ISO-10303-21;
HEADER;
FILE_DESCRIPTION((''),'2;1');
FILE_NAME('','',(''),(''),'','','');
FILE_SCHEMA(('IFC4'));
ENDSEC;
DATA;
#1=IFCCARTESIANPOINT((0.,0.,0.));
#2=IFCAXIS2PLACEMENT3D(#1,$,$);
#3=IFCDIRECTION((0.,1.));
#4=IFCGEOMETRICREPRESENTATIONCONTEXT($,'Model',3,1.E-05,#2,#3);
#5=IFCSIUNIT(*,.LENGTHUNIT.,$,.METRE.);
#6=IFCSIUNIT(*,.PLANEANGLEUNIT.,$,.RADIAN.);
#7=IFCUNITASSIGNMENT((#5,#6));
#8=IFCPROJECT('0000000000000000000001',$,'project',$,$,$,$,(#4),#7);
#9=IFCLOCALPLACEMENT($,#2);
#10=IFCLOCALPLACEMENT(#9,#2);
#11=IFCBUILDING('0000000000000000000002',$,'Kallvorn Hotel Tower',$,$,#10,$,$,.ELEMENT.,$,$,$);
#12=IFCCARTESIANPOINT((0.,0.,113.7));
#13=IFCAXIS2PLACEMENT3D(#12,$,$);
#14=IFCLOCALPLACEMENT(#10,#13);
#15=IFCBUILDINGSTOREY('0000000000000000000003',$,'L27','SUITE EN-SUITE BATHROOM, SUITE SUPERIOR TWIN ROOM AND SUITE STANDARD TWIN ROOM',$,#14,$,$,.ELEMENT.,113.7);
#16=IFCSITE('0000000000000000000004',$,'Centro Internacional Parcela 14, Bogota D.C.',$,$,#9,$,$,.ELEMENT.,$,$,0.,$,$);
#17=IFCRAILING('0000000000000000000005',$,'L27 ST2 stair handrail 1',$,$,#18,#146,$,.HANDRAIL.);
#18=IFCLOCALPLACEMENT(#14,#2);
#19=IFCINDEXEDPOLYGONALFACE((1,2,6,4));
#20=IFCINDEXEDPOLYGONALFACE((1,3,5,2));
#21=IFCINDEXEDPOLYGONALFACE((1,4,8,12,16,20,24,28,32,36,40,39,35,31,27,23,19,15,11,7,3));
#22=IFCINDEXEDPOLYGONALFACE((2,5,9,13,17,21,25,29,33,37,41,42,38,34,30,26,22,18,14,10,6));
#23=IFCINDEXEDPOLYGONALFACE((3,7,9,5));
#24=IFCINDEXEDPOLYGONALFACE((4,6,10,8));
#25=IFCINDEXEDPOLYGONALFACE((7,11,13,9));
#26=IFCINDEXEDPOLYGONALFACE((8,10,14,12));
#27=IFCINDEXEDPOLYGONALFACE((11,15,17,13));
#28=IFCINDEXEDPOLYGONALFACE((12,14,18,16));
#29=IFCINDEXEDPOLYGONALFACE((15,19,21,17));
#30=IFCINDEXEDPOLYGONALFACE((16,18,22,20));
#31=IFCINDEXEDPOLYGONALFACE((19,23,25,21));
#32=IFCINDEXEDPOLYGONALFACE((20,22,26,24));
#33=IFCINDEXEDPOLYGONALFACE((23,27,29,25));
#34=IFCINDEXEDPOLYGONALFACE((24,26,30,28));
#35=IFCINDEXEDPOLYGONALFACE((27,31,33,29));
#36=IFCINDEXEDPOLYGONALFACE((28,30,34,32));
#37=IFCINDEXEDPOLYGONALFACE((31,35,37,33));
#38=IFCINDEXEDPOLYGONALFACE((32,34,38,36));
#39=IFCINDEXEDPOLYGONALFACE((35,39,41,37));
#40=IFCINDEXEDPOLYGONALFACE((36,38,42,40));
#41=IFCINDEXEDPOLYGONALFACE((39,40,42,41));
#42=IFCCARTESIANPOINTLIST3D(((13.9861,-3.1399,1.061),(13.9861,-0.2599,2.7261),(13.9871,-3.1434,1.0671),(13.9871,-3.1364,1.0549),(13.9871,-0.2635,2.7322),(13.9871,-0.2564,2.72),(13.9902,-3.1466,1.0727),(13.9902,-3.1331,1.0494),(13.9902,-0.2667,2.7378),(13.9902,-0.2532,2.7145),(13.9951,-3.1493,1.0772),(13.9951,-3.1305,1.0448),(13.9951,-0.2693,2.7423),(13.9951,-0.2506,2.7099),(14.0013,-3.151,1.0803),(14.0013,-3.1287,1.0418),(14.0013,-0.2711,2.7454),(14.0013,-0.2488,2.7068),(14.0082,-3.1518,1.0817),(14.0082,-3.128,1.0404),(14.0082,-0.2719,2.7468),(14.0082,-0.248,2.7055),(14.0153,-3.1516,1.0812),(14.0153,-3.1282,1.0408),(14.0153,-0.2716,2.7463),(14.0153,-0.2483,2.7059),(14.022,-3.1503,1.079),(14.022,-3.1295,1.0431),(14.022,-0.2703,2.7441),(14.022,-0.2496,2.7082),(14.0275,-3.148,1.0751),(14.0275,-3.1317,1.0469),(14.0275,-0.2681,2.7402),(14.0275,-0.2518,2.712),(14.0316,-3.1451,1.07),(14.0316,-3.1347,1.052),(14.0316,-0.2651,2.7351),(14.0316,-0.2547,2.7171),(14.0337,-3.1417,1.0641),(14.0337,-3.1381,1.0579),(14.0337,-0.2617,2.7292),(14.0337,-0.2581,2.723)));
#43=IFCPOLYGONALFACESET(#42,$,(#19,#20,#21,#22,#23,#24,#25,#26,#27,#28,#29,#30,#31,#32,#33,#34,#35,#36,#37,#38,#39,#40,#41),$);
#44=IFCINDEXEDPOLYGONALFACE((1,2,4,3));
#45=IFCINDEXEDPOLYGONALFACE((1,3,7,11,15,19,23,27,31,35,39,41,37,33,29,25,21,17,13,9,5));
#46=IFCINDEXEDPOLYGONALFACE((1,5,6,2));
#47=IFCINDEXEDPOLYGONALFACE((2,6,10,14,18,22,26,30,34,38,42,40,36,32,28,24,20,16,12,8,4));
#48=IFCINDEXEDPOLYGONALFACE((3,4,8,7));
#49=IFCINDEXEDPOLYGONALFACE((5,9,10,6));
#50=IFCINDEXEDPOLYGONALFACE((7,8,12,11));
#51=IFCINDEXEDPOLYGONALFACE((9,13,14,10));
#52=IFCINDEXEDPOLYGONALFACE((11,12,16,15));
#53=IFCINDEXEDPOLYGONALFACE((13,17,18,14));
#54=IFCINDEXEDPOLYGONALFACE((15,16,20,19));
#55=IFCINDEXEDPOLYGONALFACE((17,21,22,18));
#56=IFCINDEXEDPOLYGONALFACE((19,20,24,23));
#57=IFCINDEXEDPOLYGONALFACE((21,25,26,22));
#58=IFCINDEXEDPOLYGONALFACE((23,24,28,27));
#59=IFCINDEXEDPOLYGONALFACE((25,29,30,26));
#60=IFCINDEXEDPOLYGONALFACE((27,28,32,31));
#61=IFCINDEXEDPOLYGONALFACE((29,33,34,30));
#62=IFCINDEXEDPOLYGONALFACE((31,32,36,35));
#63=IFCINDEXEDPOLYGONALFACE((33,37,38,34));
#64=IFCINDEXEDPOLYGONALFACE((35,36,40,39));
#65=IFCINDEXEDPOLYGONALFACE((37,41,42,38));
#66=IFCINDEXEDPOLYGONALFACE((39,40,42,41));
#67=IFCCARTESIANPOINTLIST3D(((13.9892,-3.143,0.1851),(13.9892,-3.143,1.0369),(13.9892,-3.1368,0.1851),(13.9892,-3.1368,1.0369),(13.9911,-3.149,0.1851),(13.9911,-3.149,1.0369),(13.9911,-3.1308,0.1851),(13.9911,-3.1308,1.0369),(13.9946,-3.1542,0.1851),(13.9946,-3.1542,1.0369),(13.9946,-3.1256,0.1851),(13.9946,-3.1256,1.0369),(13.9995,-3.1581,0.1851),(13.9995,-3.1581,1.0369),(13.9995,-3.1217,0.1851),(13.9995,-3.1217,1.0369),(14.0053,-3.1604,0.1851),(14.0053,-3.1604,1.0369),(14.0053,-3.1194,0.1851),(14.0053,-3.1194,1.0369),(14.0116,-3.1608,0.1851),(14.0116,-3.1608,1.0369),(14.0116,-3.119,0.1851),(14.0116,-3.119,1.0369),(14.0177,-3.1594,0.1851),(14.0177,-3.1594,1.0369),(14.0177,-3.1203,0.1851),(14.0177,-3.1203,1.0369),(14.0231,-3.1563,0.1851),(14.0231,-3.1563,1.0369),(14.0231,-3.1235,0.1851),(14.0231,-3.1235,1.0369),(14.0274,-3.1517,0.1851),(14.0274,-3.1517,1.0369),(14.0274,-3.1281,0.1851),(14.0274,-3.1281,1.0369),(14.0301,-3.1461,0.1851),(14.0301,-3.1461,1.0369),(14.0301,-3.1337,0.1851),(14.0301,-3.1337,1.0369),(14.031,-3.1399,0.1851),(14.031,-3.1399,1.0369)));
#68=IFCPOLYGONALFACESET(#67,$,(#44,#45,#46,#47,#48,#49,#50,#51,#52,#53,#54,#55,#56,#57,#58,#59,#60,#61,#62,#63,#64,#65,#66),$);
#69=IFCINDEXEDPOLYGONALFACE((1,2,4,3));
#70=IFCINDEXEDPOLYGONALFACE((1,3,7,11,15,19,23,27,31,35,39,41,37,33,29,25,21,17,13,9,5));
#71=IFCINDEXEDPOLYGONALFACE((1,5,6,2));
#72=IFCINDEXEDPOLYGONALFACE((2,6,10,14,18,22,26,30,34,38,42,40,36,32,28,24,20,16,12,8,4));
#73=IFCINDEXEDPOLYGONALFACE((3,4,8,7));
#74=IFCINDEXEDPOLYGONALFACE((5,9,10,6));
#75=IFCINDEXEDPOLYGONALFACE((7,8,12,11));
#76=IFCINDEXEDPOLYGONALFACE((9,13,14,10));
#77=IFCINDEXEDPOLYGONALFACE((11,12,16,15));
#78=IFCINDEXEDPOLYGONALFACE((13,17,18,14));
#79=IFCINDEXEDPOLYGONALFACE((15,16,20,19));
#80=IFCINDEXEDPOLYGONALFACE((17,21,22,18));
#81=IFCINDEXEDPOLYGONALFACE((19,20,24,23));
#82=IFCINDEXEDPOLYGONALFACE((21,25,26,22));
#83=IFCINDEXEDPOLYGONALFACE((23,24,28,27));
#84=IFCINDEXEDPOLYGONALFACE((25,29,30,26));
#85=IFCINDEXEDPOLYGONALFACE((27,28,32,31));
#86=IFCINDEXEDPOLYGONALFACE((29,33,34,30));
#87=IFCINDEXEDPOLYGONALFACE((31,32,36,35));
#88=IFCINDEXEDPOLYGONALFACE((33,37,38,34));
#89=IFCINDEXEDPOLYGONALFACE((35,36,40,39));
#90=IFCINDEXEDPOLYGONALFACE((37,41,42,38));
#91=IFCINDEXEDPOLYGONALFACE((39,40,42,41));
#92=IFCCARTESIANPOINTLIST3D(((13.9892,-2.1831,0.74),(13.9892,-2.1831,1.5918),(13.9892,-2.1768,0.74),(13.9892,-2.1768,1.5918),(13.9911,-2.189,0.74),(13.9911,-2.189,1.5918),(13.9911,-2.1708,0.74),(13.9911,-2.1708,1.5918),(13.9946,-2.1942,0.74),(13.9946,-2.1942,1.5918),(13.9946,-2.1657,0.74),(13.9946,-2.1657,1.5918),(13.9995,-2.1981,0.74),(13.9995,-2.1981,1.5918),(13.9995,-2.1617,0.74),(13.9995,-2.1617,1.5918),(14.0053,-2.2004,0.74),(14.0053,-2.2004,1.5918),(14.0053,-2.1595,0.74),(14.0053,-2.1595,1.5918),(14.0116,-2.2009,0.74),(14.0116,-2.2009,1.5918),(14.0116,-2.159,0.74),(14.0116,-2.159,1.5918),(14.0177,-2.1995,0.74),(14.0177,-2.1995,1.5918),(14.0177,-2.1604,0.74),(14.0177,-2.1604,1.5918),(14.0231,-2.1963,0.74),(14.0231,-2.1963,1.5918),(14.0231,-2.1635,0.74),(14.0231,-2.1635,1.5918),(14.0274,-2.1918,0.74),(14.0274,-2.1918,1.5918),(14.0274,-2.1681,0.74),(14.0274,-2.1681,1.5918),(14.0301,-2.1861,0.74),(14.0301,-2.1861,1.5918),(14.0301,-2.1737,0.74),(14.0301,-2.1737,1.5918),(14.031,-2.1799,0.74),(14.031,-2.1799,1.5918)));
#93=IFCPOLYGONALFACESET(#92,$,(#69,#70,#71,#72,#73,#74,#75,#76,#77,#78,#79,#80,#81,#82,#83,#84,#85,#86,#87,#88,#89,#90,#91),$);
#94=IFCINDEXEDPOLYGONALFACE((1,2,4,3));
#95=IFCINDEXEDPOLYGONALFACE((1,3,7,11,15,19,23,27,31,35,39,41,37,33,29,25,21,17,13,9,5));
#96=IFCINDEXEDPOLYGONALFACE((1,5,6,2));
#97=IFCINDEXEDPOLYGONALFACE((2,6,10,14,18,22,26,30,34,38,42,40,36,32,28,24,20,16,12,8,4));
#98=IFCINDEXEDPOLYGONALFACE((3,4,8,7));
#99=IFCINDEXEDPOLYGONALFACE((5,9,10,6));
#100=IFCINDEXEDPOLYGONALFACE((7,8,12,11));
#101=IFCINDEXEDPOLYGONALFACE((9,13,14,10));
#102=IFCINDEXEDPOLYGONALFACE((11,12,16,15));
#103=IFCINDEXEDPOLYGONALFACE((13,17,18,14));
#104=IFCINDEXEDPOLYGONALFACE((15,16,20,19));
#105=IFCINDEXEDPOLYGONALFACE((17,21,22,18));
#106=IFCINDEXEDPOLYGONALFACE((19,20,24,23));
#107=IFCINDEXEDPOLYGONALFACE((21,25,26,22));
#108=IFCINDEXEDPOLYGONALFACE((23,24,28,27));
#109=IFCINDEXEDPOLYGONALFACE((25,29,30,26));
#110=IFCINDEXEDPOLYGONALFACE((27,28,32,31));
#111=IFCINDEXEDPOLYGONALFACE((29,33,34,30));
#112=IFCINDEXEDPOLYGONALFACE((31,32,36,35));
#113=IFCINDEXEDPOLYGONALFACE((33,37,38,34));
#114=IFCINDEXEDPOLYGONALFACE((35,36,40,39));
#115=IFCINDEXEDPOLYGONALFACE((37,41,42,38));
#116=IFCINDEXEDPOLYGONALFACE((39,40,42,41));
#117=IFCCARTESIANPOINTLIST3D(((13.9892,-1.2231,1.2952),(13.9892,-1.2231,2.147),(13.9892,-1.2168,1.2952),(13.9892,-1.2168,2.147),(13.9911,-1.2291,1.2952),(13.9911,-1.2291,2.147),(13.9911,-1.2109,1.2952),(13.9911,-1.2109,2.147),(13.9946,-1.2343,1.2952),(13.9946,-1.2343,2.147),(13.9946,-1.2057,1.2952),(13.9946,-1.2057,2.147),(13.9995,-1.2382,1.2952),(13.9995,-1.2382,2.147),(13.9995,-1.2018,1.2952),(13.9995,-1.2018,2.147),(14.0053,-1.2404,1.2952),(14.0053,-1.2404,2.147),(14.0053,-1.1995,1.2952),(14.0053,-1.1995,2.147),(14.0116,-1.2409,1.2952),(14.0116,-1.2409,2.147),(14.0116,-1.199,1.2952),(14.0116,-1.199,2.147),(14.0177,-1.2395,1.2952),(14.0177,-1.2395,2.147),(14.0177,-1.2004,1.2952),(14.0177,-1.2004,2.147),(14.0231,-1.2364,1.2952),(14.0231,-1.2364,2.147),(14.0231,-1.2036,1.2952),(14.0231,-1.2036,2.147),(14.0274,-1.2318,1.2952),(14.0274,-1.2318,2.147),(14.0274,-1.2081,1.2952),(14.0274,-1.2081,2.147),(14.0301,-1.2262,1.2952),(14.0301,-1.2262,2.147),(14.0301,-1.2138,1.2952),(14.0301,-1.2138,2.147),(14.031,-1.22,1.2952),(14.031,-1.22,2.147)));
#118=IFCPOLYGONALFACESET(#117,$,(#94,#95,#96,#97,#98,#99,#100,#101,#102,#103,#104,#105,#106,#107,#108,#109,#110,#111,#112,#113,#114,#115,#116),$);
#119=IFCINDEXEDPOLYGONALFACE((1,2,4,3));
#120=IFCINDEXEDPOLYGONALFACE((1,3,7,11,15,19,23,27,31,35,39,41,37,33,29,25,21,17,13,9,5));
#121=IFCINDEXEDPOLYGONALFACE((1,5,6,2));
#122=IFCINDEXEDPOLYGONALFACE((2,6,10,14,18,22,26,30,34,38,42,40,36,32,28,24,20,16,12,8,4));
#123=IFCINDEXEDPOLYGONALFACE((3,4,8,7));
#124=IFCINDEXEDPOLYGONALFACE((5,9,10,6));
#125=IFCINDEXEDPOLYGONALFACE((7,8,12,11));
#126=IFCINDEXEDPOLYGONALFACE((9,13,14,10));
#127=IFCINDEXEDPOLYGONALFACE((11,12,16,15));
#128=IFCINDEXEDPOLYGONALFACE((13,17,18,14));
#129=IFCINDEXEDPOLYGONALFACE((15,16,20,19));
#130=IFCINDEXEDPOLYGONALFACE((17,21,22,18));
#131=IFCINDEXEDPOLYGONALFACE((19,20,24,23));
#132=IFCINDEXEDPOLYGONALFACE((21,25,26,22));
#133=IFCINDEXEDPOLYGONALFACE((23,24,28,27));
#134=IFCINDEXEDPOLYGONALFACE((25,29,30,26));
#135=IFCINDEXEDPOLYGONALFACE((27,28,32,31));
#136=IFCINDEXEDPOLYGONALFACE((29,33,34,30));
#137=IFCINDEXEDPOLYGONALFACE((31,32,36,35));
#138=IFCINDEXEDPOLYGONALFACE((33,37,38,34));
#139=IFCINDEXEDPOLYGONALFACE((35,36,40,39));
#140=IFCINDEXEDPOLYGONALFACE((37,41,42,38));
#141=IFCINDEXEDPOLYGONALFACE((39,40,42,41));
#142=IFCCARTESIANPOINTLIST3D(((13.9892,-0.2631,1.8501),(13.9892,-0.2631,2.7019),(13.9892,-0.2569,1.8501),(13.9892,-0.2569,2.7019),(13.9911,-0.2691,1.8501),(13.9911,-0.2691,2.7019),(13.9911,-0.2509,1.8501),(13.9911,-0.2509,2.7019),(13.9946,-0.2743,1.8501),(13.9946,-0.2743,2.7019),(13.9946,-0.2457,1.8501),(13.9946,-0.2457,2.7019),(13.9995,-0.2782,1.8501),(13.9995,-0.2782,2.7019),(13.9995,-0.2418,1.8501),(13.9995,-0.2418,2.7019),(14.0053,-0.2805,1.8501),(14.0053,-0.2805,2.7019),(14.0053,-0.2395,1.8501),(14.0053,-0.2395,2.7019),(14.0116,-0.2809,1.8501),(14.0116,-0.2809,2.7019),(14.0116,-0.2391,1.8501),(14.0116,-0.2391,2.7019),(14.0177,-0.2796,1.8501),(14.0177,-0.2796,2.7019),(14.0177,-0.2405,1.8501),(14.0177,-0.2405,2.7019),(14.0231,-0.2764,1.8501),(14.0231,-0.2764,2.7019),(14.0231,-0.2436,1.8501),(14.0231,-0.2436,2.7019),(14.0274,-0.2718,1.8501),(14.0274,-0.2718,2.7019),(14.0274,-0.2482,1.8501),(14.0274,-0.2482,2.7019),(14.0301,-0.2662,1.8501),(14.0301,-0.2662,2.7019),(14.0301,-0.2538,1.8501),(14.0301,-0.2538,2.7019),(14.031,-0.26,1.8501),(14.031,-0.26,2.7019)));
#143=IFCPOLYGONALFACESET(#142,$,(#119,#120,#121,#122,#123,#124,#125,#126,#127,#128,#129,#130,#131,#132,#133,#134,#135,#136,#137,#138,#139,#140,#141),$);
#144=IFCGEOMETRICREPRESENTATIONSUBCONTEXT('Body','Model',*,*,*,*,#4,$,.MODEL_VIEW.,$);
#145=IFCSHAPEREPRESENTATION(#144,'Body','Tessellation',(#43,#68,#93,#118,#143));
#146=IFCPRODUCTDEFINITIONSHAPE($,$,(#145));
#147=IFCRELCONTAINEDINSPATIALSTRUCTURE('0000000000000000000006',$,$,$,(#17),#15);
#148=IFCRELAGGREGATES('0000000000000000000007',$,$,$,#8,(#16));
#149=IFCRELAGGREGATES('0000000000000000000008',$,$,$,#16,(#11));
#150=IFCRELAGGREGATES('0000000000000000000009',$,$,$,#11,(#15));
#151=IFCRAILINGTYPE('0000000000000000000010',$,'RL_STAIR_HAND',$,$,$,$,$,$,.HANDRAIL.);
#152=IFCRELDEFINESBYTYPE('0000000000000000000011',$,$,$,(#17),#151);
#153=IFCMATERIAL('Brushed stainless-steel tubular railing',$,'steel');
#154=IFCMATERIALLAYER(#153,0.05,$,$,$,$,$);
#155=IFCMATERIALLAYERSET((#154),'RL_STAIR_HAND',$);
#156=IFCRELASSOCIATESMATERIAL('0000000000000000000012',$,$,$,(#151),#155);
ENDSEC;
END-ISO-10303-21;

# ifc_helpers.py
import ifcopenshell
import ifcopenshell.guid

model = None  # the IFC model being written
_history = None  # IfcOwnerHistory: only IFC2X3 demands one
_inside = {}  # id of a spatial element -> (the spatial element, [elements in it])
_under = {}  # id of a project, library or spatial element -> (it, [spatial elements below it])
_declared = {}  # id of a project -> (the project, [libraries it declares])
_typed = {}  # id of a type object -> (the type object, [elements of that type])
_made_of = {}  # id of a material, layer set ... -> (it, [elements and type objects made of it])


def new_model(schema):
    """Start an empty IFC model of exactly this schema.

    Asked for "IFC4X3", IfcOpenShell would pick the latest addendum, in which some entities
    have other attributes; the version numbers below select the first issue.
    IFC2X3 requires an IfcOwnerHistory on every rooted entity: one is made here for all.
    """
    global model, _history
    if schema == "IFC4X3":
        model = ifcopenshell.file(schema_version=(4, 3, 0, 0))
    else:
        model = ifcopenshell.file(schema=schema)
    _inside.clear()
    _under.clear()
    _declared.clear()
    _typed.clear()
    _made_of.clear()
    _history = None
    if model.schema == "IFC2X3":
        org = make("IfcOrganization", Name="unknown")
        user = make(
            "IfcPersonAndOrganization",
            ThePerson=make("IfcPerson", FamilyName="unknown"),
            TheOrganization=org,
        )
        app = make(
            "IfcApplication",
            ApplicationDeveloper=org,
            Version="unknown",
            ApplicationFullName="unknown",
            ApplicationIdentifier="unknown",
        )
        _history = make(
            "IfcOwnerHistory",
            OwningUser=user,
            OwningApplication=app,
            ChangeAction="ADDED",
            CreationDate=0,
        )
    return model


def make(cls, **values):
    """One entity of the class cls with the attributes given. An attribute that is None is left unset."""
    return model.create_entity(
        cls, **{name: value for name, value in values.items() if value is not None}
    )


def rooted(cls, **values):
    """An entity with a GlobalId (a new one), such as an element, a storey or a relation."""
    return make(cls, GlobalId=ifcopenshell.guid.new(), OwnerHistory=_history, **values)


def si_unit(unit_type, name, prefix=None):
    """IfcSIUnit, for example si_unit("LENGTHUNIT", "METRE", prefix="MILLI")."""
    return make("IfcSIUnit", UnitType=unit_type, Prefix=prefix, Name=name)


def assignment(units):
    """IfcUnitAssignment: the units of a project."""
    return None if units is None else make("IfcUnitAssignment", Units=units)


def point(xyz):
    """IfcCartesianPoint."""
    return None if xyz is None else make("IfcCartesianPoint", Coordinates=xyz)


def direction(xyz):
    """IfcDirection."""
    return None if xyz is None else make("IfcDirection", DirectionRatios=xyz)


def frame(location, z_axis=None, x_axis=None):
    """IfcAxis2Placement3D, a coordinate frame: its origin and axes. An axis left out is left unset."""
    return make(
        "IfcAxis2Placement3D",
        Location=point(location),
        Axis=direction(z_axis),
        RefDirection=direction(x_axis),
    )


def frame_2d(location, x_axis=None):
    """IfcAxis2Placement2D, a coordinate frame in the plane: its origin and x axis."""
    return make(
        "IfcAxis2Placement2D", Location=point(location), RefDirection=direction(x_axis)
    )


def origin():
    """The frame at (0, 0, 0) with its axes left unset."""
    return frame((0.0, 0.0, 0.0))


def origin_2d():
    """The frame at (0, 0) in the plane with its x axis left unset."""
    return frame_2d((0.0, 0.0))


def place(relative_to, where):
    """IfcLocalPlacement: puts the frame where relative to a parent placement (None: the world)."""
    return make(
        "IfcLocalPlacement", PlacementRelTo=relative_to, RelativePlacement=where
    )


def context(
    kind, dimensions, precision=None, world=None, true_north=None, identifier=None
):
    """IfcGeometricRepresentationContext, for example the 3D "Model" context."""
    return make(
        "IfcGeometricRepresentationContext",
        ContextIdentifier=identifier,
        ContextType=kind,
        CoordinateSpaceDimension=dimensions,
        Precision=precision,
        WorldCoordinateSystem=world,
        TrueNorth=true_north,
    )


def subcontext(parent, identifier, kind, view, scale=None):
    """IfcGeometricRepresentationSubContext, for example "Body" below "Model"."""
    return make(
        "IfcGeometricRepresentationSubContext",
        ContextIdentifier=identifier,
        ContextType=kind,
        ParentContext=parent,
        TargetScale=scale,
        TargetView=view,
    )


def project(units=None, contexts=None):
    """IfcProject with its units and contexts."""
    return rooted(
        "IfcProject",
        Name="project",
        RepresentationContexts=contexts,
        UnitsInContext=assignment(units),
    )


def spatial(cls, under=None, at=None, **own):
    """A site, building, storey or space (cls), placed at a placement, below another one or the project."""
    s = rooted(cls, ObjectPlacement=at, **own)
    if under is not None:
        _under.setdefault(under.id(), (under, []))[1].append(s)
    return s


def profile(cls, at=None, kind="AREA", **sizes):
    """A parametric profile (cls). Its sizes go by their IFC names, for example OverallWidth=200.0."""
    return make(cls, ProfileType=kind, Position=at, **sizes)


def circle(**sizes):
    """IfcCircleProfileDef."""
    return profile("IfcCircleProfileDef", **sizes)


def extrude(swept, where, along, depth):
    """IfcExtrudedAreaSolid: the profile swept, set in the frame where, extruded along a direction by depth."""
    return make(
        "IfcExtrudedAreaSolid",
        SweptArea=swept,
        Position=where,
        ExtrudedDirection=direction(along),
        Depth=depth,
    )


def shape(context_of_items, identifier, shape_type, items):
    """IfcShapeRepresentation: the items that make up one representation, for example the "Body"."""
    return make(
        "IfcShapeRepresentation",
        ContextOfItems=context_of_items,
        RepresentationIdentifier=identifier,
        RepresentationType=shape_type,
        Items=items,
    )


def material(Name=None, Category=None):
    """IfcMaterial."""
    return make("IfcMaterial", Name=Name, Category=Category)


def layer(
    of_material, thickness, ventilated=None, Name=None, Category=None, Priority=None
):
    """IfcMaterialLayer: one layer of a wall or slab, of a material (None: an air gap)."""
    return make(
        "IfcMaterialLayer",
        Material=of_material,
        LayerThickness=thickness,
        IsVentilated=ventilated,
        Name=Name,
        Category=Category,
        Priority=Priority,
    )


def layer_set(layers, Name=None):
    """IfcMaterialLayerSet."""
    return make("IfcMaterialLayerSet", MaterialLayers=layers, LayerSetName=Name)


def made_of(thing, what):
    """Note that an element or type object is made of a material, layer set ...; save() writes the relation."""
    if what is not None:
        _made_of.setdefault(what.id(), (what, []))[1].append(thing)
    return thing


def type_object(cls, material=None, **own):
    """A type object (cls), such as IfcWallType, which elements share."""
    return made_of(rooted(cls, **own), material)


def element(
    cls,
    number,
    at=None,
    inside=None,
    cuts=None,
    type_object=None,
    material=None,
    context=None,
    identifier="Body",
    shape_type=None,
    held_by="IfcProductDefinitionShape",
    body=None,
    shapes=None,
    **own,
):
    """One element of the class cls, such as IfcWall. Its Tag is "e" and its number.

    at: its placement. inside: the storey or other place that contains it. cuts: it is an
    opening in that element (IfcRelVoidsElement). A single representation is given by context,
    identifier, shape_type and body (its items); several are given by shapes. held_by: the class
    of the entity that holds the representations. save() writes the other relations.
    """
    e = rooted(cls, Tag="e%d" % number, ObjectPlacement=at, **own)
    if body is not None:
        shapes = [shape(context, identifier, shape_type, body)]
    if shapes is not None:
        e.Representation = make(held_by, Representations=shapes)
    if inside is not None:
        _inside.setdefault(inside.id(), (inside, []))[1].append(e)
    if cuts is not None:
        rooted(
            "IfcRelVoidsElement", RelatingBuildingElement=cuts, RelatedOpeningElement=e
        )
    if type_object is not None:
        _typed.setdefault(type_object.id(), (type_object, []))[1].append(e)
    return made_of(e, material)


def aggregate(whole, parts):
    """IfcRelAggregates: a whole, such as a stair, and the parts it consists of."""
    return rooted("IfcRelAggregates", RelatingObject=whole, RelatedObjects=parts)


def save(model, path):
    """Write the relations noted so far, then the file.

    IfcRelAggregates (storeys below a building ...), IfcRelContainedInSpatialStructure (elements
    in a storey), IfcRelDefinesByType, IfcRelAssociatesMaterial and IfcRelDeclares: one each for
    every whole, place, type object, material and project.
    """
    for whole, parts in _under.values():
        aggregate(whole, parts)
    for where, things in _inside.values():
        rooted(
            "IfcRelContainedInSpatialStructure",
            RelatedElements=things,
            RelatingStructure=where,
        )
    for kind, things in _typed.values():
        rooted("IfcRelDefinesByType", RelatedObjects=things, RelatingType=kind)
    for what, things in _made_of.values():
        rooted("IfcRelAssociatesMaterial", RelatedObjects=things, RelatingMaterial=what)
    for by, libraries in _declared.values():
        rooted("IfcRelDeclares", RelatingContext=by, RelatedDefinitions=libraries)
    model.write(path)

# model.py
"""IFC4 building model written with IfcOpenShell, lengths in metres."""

from ifc_helpers import new_model, si_unit, direction, frame, origin, origin_2d, place, context, subcontext, project, spatial, circle, extrude, material, layer, layer_set, type_object, element, save


model = new_model("IFC4")

# Units and contexts
model_context = context("Model", 3, precision=1e-05, world=origin(), true_north=direction((0.0, 1.0)))
body_context = subcontext(model_context, "Body", "Model", "MODEL_VIEW")
ifc_project = project(units=[si_unit("LENGTHUNIT", "METRE"), si_unit("PLANEANGLEUNIT", "RADIAN")], contexts=[model_context])

# Site, building, storey
site_placement = place(None, origin())
site = spatial("IfcSite", under=ifc_project, at=site_placement, Name="Centro Internacional Parcela 14, Bogota D.C.", CompositionType="ELEMENT", RefElevation=0.0)
building_placement = place(site_placement, origin())
building = spatial("IfcBuilding", under=site, at=building_placement, Name="Kallvorn Hotel Tower", CompositionType="ELEMENT")
storey_placement = place(building_placement, frame((0.0, 0.0, 113.7)))
storey = spatial("IfcBuildingStorey", under=building, at=storey_placement, Name="L27", Description="SUITE EN-SUITE BATHROOM, SUITE SUPERIOR TWIN ROOM AND SUITE STANDARD TWIN ROOM", CompositionType="ELEMENT", Elevation=113.7)

# Railing
ifc_material_1 = material(Name="Brushed stainless-steel tubular railing", Category="steel")
ifc_layer_1 = layer(ifc_material_1, 0.05)
ifc_layer_set_1 = layer_set([ifc_layer_1], Name="RL_STAIR_HAND")
railing_type_1 = type_object("IfcRailingType", Name="RL_STAIR_HAND", PredefinedType="HANDRAIL", material=ifc_layer_set_1)
railing_1_placement = place(storey_placement, frame((14.01, -3.1399, 0.1851)))
element("IfcRailing", 1, at=railing_1_placement, inside=storey, type_object=railing_type_1, Name="L27 ST2 stair handrail 1", PredefinedType="HANDRAIL", context=body_context, shape_type="SweptSolid", body=[
    extrude(circle(Radius=0.0239, at=origin_2d()), frame((0.0, 0.0, 0.876), z_axis=(0.0, 0.865721, 0.500527), x_axis=(-1.0, 0.0, 0.0)), (0.0, 0.0, 1.0), 3.3267),
    extrude(circle(Radius=0.021, at=origin_2d()), origin(), (0.0, 0.0, 1.0), 0.8518),
    extrude(circle(Radius=0.021, at=origin_2d()), frame((0.0, 0.96, 0.5549)), (0.0, 0.0, 1.0), 0.8518),
    extrude(circle(Radius=0.021, at=origin_2d()), frame((0.0, 1.9199, 1.1101)), (0.0, 0.0, 1.0), 0.8518),
    extrude(circle(Radius=0.021, at=origin_2d()), frame((0.0, 2.8799, 1.665)), (0.0, 0.0, 1.0), 0.8518),
])

save(model, "model.ifc")
